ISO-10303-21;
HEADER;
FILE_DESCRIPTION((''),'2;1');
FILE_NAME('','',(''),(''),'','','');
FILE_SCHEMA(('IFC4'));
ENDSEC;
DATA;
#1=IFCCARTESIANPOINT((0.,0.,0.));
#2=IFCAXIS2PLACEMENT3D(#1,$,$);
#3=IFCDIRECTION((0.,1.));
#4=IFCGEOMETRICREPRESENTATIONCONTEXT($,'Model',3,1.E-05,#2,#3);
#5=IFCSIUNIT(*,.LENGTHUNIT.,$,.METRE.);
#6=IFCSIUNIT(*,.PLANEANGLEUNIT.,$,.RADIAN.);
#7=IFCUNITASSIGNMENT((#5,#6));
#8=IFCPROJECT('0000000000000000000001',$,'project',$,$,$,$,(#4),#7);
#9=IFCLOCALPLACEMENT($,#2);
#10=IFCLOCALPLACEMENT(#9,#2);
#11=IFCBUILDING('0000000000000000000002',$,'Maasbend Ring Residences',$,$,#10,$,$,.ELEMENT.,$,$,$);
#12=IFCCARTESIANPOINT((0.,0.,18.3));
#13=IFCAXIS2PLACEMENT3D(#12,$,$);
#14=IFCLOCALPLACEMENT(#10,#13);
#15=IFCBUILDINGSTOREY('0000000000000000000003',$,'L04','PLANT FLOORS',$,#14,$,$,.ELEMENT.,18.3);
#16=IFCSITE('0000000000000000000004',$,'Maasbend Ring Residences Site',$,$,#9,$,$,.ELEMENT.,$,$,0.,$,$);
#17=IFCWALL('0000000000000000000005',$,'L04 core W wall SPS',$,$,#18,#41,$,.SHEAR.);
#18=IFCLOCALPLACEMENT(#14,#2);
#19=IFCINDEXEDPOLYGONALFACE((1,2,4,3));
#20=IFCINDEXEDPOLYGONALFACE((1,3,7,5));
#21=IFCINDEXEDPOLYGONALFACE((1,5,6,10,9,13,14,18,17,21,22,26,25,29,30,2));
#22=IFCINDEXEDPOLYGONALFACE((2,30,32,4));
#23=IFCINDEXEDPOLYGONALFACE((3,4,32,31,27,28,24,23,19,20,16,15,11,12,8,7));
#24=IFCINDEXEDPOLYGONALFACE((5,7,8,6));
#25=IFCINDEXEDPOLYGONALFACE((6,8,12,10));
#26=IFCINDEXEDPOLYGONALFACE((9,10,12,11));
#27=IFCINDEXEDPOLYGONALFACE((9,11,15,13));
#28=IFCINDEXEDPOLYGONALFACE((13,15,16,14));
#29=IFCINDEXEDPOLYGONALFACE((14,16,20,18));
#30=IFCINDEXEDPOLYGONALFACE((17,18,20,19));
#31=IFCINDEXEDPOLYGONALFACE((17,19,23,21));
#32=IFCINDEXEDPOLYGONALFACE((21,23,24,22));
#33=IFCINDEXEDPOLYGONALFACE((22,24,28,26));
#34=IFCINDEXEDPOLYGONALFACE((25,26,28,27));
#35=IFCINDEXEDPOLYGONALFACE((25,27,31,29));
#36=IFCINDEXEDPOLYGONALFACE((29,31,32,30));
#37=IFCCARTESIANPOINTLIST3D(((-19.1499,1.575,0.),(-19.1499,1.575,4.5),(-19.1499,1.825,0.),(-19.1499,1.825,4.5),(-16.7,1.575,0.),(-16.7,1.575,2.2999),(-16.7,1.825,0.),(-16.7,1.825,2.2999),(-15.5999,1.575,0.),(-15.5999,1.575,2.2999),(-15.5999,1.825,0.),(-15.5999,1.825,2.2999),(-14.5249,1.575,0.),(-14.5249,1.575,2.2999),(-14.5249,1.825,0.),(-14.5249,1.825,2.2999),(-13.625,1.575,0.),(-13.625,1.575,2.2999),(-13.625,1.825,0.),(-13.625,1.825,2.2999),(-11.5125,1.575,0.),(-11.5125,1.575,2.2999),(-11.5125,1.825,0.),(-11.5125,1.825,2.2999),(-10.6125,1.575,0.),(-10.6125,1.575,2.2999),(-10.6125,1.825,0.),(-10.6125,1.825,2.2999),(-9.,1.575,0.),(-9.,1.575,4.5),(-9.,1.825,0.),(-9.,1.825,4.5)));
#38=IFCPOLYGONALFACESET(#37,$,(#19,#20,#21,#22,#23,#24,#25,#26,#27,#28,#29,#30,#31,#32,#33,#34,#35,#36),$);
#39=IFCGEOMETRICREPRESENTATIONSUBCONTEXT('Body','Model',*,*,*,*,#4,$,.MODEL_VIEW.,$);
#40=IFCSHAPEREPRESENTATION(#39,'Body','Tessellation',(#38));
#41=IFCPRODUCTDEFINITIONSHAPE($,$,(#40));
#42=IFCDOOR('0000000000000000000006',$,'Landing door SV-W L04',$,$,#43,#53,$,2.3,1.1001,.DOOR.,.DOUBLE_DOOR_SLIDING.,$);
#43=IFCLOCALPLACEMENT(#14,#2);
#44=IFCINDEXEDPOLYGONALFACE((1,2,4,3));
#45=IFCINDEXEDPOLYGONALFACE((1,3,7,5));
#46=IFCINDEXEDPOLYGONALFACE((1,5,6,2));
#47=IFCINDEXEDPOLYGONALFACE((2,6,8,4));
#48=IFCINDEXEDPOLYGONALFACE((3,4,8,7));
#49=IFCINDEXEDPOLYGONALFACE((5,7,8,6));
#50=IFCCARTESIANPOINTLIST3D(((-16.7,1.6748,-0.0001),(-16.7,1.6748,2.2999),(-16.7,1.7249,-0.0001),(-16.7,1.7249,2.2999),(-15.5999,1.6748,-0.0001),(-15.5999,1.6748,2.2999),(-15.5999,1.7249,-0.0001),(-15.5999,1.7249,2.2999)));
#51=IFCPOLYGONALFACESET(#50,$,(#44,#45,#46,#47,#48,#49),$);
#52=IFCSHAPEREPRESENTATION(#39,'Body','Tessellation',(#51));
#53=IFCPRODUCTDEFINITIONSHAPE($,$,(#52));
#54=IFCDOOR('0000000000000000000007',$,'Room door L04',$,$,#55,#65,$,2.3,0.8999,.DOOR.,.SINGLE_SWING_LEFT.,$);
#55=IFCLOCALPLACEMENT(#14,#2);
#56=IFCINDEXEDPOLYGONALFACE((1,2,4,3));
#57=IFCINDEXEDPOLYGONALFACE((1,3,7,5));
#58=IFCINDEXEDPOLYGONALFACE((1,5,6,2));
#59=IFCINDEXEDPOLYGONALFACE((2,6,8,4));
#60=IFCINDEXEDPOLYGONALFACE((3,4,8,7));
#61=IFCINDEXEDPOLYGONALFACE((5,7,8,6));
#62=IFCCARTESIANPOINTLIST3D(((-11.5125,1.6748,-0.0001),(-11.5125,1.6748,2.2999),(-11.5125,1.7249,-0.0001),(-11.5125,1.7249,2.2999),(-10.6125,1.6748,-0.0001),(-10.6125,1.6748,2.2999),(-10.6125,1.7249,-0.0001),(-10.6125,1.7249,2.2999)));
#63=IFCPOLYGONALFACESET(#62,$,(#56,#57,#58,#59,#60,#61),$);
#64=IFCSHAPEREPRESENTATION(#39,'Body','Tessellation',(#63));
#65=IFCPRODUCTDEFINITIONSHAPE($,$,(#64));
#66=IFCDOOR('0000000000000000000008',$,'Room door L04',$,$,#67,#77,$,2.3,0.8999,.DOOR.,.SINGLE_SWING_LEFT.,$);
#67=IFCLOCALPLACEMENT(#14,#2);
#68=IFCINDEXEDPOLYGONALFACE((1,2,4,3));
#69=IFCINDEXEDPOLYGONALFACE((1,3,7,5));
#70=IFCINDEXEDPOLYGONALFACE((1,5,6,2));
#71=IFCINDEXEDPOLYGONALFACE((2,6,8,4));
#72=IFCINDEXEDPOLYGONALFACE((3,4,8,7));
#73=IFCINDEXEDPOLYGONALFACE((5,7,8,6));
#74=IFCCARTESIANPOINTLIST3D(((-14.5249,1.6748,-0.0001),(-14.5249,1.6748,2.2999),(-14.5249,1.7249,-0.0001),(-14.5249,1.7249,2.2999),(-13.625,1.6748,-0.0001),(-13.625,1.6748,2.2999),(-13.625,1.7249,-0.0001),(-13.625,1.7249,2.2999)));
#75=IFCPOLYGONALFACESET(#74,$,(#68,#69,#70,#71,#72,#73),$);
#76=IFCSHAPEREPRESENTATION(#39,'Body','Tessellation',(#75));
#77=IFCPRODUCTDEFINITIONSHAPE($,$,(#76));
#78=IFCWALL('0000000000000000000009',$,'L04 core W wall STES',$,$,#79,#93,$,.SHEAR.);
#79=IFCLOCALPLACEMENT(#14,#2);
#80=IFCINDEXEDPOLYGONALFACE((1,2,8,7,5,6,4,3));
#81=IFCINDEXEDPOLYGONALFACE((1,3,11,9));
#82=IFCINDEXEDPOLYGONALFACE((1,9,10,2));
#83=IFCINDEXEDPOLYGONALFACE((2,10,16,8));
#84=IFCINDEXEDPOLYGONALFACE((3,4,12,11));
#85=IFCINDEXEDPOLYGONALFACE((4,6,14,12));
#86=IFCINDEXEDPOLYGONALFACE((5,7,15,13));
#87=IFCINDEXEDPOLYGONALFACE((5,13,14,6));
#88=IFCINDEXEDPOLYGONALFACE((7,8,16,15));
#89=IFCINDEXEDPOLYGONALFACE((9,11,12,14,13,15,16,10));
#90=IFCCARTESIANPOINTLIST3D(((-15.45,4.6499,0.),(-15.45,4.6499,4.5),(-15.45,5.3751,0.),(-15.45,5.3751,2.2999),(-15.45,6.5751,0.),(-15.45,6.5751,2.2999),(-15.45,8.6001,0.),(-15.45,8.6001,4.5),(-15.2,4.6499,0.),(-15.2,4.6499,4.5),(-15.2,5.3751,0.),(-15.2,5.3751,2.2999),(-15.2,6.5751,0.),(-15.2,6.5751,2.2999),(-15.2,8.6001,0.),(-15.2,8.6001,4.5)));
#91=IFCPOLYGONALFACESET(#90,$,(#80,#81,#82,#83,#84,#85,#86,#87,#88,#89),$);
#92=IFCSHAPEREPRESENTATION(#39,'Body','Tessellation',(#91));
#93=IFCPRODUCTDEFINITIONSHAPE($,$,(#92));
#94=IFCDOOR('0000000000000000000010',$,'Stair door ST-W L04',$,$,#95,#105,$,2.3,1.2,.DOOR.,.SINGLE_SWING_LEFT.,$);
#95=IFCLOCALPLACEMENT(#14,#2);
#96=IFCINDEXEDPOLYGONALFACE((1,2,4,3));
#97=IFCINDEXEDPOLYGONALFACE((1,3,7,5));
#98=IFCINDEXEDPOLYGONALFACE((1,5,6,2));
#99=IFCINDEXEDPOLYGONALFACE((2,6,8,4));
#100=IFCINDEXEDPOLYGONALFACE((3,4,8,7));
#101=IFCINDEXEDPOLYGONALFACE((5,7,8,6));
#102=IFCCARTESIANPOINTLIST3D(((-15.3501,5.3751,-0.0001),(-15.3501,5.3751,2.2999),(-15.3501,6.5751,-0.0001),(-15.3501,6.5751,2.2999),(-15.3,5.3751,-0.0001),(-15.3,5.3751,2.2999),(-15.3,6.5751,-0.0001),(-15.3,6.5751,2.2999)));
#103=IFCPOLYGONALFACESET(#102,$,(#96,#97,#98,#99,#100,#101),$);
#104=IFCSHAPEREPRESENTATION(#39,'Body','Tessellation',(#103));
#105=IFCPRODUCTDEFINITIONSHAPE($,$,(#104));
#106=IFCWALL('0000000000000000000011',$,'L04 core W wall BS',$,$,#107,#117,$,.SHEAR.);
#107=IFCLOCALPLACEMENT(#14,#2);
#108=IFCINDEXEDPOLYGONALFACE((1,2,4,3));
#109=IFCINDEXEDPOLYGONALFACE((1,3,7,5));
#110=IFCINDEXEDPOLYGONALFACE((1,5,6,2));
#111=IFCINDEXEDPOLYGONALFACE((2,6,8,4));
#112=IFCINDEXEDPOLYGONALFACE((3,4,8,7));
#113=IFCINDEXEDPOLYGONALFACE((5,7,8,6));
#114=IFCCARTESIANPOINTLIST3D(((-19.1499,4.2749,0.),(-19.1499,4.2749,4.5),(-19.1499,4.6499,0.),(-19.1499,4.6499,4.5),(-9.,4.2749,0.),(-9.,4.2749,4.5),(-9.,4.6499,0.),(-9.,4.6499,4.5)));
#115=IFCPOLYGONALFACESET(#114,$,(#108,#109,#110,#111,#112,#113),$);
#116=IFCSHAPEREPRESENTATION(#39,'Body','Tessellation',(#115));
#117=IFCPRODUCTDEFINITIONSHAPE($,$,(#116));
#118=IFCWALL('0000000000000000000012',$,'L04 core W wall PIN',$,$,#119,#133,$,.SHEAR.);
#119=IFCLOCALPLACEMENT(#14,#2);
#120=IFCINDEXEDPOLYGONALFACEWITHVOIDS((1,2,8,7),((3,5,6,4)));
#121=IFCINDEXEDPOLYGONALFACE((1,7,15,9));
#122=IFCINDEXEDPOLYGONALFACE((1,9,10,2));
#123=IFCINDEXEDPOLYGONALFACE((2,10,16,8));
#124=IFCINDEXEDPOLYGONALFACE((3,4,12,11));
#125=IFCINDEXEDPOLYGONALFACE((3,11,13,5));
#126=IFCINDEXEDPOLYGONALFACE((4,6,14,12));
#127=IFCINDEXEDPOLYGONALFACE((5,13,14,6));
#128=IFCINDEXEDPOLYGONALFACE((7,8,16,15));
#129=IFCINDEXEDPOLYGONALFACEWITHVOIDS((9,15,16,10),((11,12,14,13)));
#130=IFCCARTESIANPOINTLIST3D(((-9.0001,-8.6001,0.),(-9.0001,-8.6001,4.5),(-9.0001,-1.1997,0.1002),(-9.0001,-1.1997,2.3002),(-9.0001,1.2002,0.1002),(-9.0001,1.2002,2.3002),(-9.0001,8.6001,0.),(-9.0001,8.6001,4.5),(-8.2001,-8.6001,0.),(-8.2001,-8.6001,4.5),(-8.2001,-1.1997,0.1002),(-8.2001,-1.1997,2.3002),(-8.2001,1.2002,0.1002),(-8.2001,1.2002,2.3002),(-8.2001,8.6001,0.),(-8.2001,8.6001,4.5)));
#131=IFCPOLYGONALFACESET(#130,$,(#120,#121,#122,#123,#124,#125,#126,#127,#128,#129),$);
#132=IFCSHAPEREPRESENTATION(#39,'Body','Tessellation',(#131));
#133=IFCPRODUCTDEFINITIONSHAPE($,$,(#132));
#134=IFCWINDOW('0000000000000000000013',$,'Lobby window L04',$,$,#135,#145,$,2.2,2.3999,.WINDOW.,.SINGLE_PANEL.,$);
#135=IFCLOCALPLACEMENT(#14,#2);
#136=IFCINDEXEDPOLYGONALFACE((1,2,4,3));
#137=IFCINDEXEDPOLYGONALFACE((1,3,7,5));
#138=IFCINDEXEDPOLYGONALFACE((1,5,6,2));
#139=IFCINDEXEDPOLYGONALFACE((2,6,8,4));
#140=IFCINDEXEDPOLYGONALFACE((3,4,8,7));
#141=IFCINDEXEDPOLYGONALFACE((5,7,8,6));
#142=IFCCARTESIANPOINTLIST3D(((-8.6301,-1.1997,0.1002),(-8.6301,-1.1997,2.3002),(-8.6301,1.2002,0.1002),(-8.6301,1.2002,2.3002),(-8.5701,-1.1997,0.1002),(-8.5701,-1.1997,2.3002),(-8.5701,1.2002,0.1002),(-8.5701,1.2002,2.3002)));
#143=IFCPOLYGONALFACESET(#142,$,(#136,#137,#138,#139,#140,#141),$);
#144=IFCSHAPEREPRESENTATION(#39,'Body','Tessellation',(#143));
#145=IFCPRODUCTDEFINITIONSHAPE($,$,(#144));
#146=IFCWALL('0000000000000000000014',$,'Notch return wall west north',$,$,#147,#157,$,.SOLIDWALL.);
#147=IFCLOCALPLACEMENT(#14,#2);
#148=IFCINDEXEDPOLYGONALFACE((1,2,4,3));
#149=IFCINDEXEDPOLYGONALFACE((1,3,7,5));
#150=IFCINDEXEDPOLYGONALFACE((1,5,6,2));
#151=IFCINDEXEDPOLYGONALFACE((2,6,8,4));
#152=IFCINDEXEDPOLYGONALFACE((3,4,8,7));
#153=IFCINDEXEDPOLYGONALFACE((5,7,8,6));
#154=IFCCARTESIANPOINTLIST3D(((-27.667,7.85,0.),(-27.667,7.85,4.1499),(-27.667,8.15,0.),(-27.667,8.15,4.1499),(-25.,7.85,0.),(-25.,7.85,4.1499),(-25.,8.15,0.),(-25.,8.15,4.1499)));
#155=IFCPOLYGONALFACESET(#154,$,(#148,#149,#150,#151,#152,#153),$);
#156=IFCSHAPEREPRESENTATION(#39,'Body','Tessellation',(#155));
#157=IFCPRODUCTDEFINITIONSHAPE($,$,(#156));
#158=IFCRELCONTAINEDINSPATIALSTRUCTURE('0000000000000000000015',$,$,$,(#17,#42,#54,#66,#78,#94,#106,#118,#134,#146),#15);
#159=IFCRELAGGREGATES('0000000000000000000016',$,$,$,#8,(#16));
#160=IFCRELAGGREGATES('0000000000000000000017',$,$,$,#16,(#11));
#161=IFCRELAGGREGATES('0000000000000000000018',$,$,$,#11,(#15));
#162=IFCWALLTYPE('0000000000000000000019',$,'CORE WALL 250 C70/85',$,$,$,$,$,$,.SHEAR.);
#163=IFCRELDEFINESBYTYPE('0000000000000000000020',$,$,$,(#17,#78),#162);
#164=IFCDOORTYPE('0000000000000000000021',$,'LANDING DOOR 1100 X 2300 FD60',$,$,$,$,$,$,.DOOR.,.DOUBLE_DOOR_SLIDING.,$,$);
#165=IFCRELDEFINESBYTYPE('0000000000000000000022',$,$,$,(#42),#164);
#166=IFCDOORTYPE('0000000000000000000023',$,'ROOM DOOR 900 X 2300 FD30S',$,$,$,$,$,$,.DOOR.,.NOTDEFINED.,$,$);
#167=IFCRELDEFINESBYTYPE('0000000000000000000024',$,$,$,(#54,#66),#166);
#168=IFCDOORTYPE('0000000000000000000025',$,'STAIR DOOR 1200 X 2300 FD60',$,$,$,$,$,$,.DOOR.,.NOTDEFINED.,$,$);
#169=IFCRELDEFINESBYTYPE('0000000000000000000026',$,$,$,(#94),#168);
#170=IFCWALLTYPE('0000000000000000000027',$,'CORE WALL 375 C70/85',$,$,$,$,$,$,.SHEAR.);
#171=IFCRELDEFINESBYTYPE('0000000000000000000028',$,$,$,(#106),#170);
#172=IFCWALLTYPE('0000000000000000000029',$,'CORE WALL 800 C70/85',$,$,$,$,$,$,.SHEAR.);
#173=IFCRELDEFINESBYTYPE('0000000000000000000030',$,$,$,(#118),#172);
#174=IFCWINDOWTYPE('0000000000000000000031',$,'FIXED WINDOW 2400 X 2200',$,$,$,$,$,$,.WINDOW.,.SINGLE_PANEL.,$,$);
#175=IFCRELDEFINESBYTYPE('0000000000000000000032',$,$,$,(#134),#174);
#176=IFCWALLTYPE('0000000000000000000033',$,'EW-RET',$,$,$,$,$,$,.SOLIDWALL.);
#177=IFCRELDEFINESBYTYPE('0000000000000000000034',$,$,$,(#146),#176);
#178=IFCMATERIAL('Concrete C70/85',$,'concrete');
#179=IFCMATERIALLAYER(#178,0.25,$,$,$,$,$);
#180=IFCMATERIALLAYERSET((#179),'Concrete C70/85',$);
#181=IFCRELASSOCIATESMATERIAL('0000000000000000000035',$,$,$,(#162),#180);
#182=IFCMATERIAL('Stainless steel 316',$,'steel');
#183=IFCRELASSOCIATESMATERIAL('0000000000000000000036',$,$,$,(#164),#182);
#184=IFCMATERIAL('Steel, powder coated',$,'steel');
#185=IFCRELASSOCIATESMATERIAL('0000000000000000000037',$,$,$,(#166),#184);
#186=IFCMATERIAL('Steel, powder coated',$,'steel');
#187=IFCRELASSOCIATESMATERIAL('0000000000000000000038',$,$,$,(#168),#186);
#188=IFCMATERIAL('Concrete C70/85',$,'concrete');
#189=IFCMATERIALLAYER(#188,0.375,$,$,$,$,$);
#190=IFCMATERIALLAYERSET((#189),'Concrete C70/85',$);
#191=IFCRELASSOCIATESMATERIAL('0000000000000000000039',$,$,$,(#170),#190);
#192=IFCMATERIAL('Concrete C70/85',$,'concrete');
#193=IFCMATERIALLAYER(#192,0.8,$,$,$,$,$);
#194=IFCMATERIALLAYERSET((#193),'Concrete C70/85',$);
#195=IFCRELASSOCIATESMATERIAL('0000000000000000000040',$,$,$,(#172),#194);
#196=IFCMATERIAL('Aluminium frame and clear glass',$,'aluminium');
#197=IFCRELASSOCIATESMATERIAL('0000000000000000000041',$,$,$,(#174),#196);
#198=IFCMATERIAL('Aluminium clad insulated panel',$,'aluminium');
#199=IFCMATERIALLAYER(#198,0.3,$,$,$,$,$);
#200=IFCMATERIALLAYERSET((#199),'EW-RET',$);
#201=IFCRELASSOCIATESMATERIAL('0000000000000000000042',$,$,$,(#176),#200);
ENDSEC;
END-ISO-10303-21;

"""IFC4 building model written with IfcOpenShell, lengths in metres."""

from ifc_helpers import new_model, si_unit, direction, frame, frame_2d, origin, place, context, subcontext, project, spatial, rectangle, extrude, material, layer, layer_set, type_object, element, fill, save


model = new_model("IFC4")

# Units and contexts
model_context = context("Model", 3, precision=1e-05, world=origin(), true_north=direction((0.0, 1.0)))
body_context = subcontext(model_context, "Body", "Model", "MODEL_VIEW")
ifc_project = project(units=[si_unit("LENGTHUNIT", "METRE"), si_unit("PLANEANGLEUNIT", "RADIAN")], contexts=[model_context])

# Site, building, storey
site_placement = place(None, origin())
site = spatial("IfcSite", under=ifc_project, at=site_placement, Name="Maasbend Ring Residences Site", CompositionType="ELEMENT", RefElevation=0.0)
building_placement = place(site_placement, origin())
building = spatial("IfcBuilding", under=site, at=building_placement, Name="Maasbend Ring Residences", CompositionType="ELEMENT")
storey_placement = place(building_placement, frame((0.0, 0.0, 18.3)))
storey = spatial("IfcBuildingStorey", under=building, at=storey_placement, Name="L04", Description="PLANT FLOORS", CompositionType="ELEMENT", Elevation=18.3)

# Wall, openings, doors
ifc_material_1 = material(Name="Concrete C70/85", Category="concrete")
ifc_layer_1 = layer(ifc_material_1, 0.25)
ifc_layer_set_1 = layer_set([ifc_layer_1], Name="Concrete C70/85")
wall_type_1 = type_object("IfcWallType", Name="CORE WALL 250 C70/85", PredefinedType="SHEAR", material=ifc_layer_set_1)
wall_1_placement = place(storey_placement, frame((-19.1499, 1.7, 0.0), z_axis=(0.0, 0.0, 1.0), x_axis=(1.0, 0.0, 0.0)))
wall_1 = element("IfcWall", 1, at=wall_1_placement, inside=storey, type_object=wall_type_1, Name="L04 core W wall SPS", PredefinedType="SHEAR", context=body_context, shape_type="SweptSolid", body=[
    extrude(rectangle(XDim=10.1499, YDim=0.25, at=frame_2d((5.075, 0.0))), origin(), (0.0, 0.0, 1.0), 4.5),
])
opening_1_placement = place(wall_1_placement, frame((2.45, 0.0, 0.0)))
opening_1 = element("IfcOpeningElement", 2, at=opening_1_placement, cuts=wall_1, PredefinedType="OPENING", context=body_context, shape_type="SweptSolid", body=[
    extrude(rectangle(XDim=1.1001, YDim=2.3, at=frame_2d((0.55, 1.1499))), frame((0.0, 0.135, 0.0), z_axis=(0.0, -1.0, 0.0), x_axis=(1.0, 0.0, 0.0)), (0.0, 0.0, 1.0), 0.27),
])
opening_2_placement = place(wall_1_placement, frame((7.6375, 0.0, 0.0)))
opening_2 = element("IfcOpeningElement", 3, at=opening_2_placement, cuts=wall_1, PredefinedType="OPENING", context=body_context, shape_type="SweptSolid", body=[
    extrude(rectangle(XDim=0.8999, YDim=2.3, at=frame_2d((0.45, 1.1499))), frame((0.0, 0.135, 0.0), z_axis=(0.0, -1.0, 0.0), x_axis=(1.0, 0.0, 0.0)), (0.0, 0.0, 1.0), 0.27),
])
opening_3_placement = place(wall_1_placement, frame((4.625, 0.0, 0.0)))
opening_3 = element("IfcOpeningElement", 4, at=opening_3_placement, cuts=wall_1, PredefinedType="OPENING", context=body_context, shape_type="SweptSolid", body=[
    extrude(rectangle(XDim=0.8999, YDim=2.3, at=frame_2d((0.45, 1.1499))), frame((0.0, 0.135, 0.0), z_axis=(0.0, -1.0, 0.0), x_axis=(1.0, 0.0, 0.0)), (0.0, 0.0, 1.0), 0.27),
])
ifc_material_2 = material(Name="Stainless steel 316", Category="steel")
door_type_1 = type_object("IfcDoorType", Name="LANDING DOOR 1100 X 2300 FD60", OperationType="DOUBLE_DOOR_SLIDING", PredefinedType="DOOR", material=ifc_material_2)
door_1_placement = place(opening_1_placement, origin())
door_1 = element("IfcDoor", 5, at=door_1_placement, inside=storey, type_object=door_type_1, Name="Landing door SV-W L04", OperationType="DOUBLE_DOOR_SLIDING", OverallHeight=2.3, OverallWidth=1.1001, PredefinedType="DOOR", context=body_context, shape_type="SweptSolid", body=[
    extrude(rectangle(XDim=1.1001, YDim=2.3, at=frame_2d((0.55, 1.1499))), frame((0.0, 0.0249, 0.0), z_axis=(0.0, -1.0, 0.0), x_axis=(1.0, 0.0, 0.0)), (0.0, 0.0, 1.0), 0.05),
])
fill(opening_1, door_1)
ifc_material_3 = material(Name="Steel, powder coated", Category="steel")
door_type_2 = type_object("IfcDoorType", Name="ROOM DOOR 900 X 2300 FD30S", OperationType="NOTDEFINED", PredefinedType="DOOR", material=ifc_material_3)
door_2_placement = place(opening_2_placement, origin())
door_2 = element("IfcDoor", 6, at=door_2_placement, inside=storey, type_object=door_type_2, Name="Room door L04", OperationType="SINGLE_SWING_LEFT", OverallHeight=2.3, OverallWidth=0.8999, PredefinedType="DOOR", context=body_context, shape_type="SweptSolid", body=[
    extrude(rectangle(XDim=0.8999, YDim=2.3, at=frame_2d((0.45, 1.1499))), frame((0.0, 0.0249, 0.0), z_axis=(0.0, -1.0, 0.0), x_axis=(1.0, 0.0, 0.0)), (0.0, 0.0, 1.0), 0.05),
])
fill(opening_2, door_2)
door_3_placement = place(opening_3_placement, origin())
door_3 = element("IfcDoor", 7, at=door_3_placement, inside=storey, type_object=door_type_2, Name="Room door L04", OperationType="SINGLE_SWING_LEFT", OverallHeight=2.3, OverallWidth=0.8999, PredefinedType="DOOR", context=body_context, shape_type="SweptSolid", body=[
    extrude(rectangle(XDim=0.8999, YDim=2.3, at=frame_2d((0.45, 1.1499))), frame((0.0, 0.0249, 0.0), z_axis=(0.0, -1.0, 0.0), x_axis=(1.0, 0.0, 0.0)), (0.0, 0.0, 1.0), 0.05),
])
fill(opening_3, door_3)

# Wall, opening, door
wall_2_placement = place(storey_placement, frame((-15.325, 8.6001, 0.0), z_axis=(0.0, 0.0, 1.0), x_axis=(0.0, -1.0, 0.0)))
wall_2 = element("IfcWall", 8, at=wall_2_placement, inside=storey, type_object=wall_type_1, Name="L04 core W wall STES", PredefinedType="SHEAR", context=body_context, shape_type="SweptSolid", body=[
    extrude(rectangle(XDim=3.9502, YDim=0.25, at=frame_2d((1.9751, 0.0))), origin(), (0.0, 0.0, 1.0), 4.5),
])
opening_4_placement = place(wall_2_placement, frame((2.0249, 0.0, 0.0)))
opening_4 = element("IfcOpeningElement", 9, at=opening_4_placement, cuts=wall_2, PredefinedType="OPENING", context=body_context, shape_type="SweptSolid", body=[
    extrude(rectangle(XDim=1.2, YDim=2.3, at=frame_2d((0.6001, 1.1499))), frame((0.0, 0.135, 0.0), z_axis=(0.0, -1.0, 0.0), x_axis=(1.0, 0.0, 0.0)), (0.0, 0.0, 1.0), 0.27),
])
ifc_material_4 = material(Name="Steel, powder coated", Category="steel")
door_type_3 = type_object("IfcDoorType", Name="STAIR DOOR 1200 X 2300 FD60", OperationType="NOTDEFINED", PredefinedType="DOOR", material=ifc_material_4)
door_4_placement = place(opening_4_placement, origin())
door_4 = element("IfcDoor", 10, at=door_4_placement, inside=storey, type_object=door_type_3, Name="Stair door ST-W L04", OperationType="SINGLE_SWING_LEFT", OverallHeight=2.3, OverallWidth=1.2, PredefinedType="DOOR", context=body_context, shape_type="SweptSolid", body=[
    extrude(rectangle(XDim=1.2, YDim=2.3, at=frame_2d((0.6001, 1.1499))), frame((0.0, 0.0249, 0.0), z_axis=(0.0, -1.0, 0.0), x_axis=(1.0, 0.0, 0.0)), (0.0, 0.0, 1.0), 0.05),
])
fill(opening_4, door_4)

# Wall
ifc_material_5 = material(Name="Concrete C70/85", Category="concrete")
ifc_layer_2 = layer(ifc_material_5, 0.375)
ifc_layer_set_2 = layer_set([ifc_layer_2], Name="Concrete C70/85")
wall_type_2 = type_object("IfcWallType", Name="CORE WALL 375 C70/85", PredefinedType="SHEAR", material=ifc_layer_set_2)
wall_3_placement = place(storey_placement, frame((-9.0, 4.4624, 0.0), z_axis=(0.0, 0.0, 1.0), x_axis=(-1.0, 0.0, 0.0)))
element("IfcWall", 11, at=wall_3_placement, inside=storey, type_object=wall_type_2, Name="L04 core W wall BS", PredefinedType="SHEAR", context=body_context, shape_type="SweptSolid", body=[
    extrude(rectangle(XDim=10.1499, YDim=0.375, at=frame_2d((5.075, 0.0))), origin(), (0.0, 0.0, 1.0), 4.5),
])

# Wall, opening, window
ifc_material_6 = material(Name="Concrete C70/85", Category="concrete")
ifc_layer_3 = layer(ifc_material_6, 0.8)
ifc_layer_set_3 = layer_set([ifc_layer_3], Name="Concrete C70/85")
wall_type_3 = type_object("IfcWallType", Name="CORE WALL 800 C70/85", PredefinedType="SHEAR", material=ifc_layer_set_3)
wall_4_placement = place(storey_placement, frame((-8.6001, 8.6001, 0.0), z_axis=(0.0, 0.0, 1.0), x_axis=(0.0, -1.0, 0.0)))
wall_4 = element("IfcWall", 12, at=wall_4_placement, inside=storey, type_object=wall_type_3, Name="L04 core W wall PIN", PredefinedType="SHEAR", context=body_context, shape_type="SweptSolid", body=[
    extrude(rectangle(XDim=17.2002, YDim=0.8, at=frame_2d((8.6001, 0.0))), origin(), (0.0, 0.0, 1.0), 4.5),
])
opening_5_placement = place(wall_4_placement, frame((7.3999, 0.0, 0.1001)))
opening_5 = element("IfcOpeningElement", 13, at=opening_5_placement, cuts=wall_4, PredefinedType="OPENING", context=body_context, shape_type="SweptSolid", body=[
    extrude(rectangle(XDim=2.3999, YDim=2.2, at=frame_2d((1.2, 1.1001))), frame((0.0, 0.4102, 0.0), z_axis=(0.0, -1.0, 0.0), x_axis=(1.0, 0.0, 0.0)), (0.0, 0.0, 1.0), 0.8201),
])
ifc_material_7 = material(Name="Aluminium frame and clear glass", Category="aluminium")
window_type_1 = type_object("IfcWindowType", Name="FIXED WINDOW 2400 X 2200", PartitioningType="SINGLE_PANEL", PredefinedType="WINDOW", material=ifc_material_7)
window_1_placement = place(opening_5_placement, origin())
window_1 = element("IfcWindow", 14, at=window_1_placement, inside=storey, type_object=window_type_1, Name="Lobby window L04", OverallHeight=2.2, OverallWidth=2.3999, PartitioningType="SINGLE_PANEL", PredefinedType="WINDOW", context=body_context, shape_type="SweptSolid", body=[
    extrude(rectangle(XDim=2.3999, YDim=2.2, at=frame_2d((1.2, 1.1001))), frame((0.0, 0.03, 0.0), z_axis=(0.0, -1.0, 0.0), x_axis=(1.0, 0.0, 0.0)), (0.0, 0.0, 1.0), 0.0601),
])
fill(opening_5, window_1)

# Wall
ifc_material_8 = material(Name="Aluminium clad insulated panel", Category="aluminium")
ifc_layer_4 = layer(ifc_material_8, 0.3)
ifc_layer_set_4 = layer_set([ifc_layer_4], Name="EW-RET")
wall_type_4 = type_object("IfcWallType", Name="EW-RET", PredefinedType="SOLIDWALL", material=ifc_layer_set_4)
wall_5_placement = place(storey_placement, frame((-25.0, 8.0, 0.0), z_axis=(0.0, 0.0, 1.0), x_axis=(-1.0, 0.0, 0.0)))
element("IfcWall", 15, at=wall_5_placement, inside=storey, type_object=wall_type_4, Name="Notch return wall west north", PredefinedType="SOLIDWALL", context=body_context, shape_type="SweptSolid", body=[
    extrude(rectangle(XDim=2.667, YDim=0.3, at=frame_2d((1.3335, 0.0))), origin(), (0.0, 0.0, 1.0), 4.1499),
])

save(model, "model.ifc")
